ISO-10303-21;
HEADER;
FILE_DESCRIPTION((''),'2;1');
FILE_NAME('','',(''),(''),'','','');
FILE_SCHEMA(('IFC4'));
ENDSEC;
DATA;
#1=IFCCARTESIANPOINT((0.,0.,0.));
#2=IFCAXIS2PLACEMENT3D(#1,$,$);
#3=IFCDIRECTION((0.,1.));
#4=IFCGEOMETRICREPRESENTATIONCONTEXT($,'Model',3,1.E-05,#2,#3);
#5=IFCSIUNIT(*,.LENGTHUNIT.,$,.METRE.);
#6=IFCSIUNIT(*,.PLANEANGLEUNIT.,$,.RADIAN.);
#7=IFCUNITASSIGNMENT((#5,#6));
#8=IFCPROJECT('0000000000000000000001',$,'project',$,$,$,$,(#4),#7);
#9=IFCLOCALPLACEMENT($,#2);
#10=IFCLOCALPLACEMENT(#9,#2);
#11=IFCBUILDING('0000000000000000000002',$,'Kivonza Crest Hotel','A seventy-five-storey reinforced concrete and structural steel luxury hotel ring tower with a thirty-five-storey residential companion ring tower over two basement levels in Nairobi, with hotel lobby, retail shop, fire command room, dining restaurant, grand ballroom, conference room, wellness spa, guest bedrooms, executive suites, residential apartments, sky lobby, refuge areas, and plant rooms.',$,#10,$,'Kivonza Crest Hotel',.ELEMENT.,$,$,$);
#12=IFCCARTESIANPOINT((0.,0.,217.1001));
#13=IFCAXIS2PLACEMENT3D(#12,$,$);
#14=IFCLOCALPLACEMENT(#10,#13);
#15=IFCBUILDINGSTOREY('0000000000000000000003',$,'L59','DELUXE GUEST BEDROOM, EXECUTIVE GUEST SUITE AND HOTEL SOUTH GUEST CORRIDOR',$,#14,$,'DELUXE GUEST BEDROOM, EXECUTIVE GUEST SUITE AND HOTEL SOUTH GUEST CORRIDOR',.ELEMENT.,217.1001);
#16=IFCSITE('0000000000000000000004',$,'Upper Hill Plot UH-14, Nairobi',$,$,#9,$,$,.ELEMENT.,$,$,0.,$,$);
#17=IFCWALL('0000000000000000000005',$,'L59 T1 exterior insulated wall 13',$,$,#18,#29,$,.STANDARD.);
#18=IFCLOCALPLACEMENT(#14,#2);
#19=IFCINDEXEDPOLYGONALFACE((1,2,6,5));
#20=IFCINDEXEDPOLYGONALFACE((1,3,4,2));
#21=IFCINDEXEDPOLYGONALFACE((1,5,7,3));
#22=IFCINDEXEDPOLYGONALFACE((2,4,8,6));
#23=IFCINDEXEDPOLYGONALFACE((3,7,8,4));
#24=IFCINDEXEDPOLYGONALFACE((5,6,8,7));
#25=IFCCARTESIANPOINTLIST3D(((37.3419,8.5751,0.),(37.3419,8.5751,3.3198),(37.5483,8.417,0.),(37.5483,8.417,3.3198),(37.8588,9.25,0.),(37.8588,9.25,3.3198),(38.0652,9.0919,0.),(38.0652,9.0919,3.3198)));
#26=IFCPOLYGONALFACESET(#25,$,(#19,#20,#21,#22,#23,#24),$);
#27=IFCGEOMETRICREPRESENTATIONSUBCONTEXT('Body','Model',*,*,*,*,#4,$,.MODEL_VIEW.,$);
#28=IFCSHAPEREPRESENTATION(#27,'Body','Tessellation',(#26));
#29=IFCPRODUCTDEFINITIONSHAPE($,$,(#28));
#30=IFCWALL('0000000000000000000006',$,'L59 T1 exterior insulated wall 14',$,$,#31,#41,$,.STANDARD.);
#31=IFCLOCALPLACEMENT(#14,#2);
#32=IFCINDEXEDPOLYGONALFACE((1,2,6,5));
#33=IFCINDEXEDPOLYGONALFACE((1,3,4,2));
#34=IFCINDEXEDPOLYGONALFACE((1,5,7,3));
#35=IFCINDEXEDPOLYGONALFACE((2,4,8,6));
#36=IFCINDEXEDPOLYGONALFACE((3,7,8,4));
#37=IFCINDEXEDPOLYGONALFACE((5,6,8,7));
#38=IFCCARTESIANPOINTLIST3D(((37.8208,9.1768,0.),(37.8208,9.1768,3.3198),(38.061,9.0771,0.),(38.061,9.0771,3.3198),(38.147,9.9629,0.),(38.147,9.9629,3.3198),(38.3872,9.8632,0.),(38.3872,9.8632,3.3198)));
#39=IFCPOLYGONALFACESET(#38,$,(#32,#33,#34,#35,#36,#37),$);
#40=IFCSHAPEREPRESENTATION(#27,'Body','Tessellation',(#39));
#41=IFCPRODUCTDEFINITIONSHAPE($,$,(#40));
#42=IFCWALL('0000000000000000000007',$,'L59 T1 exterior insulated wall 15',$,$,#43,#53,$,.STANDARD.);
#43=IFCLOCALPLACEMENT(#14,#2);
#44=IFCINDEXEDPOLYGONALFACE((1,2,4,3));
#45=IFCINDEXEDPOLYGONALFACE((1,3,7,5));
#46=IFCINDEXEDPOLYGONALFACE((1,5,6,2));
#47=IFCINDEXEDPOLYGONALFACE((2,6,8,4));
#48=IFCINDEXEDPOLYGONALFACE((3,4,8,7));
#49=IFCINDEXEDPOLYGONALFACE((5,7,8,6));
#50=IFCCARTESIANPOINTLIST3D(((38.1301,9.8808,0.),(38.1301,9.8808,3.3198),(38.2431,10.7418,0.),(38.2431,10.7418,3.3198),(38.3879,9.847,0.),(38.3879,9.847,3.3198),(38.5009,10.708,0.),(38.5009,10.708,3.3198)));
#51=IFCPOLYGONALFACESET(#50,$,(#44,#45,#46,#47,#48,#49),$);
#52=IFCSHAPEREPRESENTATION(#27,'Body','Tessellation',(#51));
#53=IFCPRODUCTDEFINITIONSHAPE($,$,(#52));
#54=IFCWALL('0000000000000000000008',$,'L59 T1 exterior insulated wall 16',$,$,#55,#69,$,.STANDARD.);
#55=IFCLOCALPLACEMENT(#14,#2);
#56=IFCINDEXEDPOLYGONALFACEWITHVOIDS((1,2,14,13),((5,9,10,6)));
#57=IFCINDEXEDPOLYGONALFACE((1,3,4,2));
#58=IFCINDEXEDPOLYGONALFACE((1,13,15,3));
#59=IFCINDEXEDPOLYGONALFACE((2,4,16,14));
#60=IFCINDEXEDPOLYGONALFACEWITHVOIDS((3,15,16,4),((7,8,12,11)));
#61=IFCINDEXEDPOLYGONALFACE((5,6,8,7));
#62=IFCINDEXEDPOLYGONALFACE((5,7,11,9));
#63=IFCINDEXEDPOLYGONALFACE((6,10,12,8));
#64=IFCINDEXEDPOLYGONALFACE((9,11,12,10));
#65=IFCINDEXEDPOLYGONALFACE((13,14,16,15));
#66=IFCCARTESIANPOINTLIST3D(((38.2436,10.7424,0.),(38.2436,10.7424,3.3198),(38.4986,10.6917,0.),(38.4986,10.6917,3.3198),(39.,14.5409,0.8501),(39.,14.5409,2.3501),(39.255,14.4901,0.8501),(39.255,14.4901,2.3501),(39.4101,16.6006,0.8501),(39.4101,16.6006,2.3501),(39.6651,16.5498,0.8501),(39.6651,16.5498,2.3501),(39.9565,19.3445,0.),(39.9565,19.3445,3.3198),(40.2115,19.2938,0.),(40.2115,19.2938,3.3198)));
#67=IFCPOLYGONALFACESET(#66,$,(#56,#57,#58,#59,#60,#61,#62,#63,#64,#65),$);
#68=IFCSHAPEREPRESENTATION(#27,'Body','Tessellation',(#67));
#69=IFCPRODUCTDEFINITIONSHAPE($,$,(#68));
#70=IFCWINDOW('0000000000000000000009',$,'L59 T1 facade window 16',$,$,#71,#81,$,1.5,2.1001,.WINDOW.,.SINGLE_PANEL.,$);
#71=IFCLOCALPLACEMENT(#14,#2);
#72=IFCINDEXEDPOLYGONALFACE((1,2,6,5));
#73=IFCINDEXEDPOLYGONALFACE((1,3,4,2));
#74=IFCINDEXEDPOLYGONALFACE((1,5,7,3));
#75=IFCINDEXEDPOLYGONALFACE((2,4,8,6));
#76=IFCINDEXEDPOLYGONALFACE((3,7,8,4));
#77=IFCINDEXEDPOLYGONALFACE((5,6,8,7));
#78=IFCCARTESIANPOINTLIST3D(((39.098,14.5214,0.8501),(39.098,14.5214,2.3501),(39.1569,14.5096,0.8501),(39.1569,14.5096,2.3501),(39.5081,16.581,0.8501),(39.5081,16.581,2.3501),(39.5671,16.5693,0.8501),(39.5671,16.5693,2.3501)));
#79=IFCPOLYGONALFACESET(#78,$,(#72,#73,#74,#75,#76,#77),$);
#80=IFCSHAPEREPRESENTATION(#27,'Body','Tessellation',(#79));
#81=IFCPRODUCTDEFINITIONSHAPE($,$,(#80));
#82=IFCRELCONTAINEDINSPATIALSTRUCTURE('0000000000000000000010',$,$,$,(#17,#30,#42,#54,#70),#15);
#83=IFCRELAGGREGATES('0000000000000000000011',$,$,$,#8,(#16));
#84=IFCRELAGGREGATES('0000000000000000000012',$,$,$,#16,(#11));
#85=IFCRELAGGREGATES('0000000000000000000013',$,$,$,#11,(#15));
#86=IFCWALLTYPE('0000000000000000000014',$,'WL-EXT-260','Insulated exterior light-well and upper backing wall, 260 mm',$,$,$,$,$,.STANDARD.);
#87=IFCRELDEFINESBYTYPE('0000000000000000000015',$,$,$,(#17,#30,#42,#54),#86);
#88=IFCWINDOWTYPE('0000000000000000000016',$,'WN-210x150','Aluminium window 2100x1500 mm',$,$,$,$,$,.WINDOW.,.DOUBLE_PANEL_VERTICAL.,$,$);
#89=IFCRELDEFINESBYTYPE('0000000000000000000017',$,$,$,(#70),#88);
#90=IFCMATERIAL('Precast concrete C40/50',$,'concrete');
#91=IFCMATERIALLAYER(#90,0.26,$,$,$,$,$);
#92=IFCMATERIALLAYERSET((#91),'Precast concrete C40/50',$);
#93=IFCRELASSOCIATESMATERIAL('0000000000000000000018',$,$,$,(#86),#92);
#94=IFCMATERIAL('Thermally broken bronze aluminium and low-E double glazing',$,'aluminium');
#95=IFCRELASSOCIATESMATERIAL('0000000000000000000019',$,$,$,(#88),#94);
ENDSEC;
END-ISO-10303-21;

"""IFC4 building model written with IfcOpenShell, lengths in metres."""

from ifc_helpers import new_model, si_unit, direction, frame, frame_2d, origin, place, context, subcontext, project, spatial, rectangle, extrude, material, layer, layer_set, type_object, element, fill, save


model = new_model("IFC4")

# Units and contexts
model_context = context("Model", 3, precision=1e-05, world=origin(), true_north=direction((0.0, 1.0)))
body_context = subcontext(model_context, "Body", "Model", "MODEL_VIEW")
ifc_project = project(units=[si_unit("LENGTHUNIT", "METRE"), si_unit("PLANEANGLEUNIT", "RADIAN")], contexts=[model_context])

# Site, building, storey
site_placement = place(None, origin())
site = spatial("IfcSite", under=ifc_project, at=site_placement, Name="Upper Hill Plot UH-14, Nairobi", CompositionType="ELEMENT", RefElevation=0.0)
building_placement = place(site_placement, origin())
building = spatial("IfcBuilding", under=site, at=building_placement, Name="Kivonza Crest Hotel", Description="A seventy-five-storey reinforced concrete and structural steel luxury hotel ring tower with a thirty-five-storey residential companion ring tower over two basement levels in Nairobi, with hotel lobby, retail shop, fire command room, dining restaurant, grand ballroom, conference room, wellness spa, guest bedrooms, executive suites, residential apartments, sky lobby, refuge areas, and plant rooms.", LongName="Kivonza Crest Hotel", CompositionType="ELEMENT")
storey_placement = place(building_placement, frame((0.0, 0.0, 217.1001)))
storey = spatial("IfcBuildingStorey", under=building, at=storey_placement, Name="L59", Description="DELUXE GUEST BEDROOM, EXECUTIVE GUEST SUITE AND HOTEL SOUTH GUEST CORRIDOR", LongName="DELUXE GUEST BEDROOM, EXECUTIVE GUEST SUITE AND HOTEL SOUTH GUEST CORRIDOR", CompositionType="ELEMENT", Elevation=217.1001)

# Walls
ifc_material_1 = material(Name="Precast concrete C40/50", Category="concrete")
ifc_layer_1 = layer(ifc_material_1, 0.26)
ifc_layer_set_1 = layer_set([ifc_layer_1], Name="Precast concrete C40/50")
wall_type_1 = type_object("IfcWallType", Name="WL-EXT-260", Description="Insulated exterior light-well and upper backing wall, 260 mm", PredefinedType="STANDARD", material=ifc_layer_set_1)
for number, where, z_axis, x_axis, name in (
    (1, (37.4451, 8.4961, 0.0), (0.0, 0.0, 1.0), (0.608058, 0.793893, 0.0), "L59 T1 exterior insulated wall 13"),
):
    element("IfcWall", number, at=place(storey_placement, frame(where, z_axis=z_axis, x_axis=x_axis)), inside=storey, type_object=wall_type_1, Name=name, PredefinedType="STANDARD", context=body_context, shape_type="SweptSolid", body=[
        extrude(rectangle(XDim=0.8501, YDim=0.26, at=frame_2d((0.425, 0.0))), origin(), (0.0, 0.0, 1.0), 3.3198),
    ])
wall_1_placement = place(storey_placement, frame((37.9409, 9.127, 0.0), z_axis=(0.0, 0.0, 1.0), x_axis=(0.38323, 0.923653, 0.0)))
element("IfcWall", 2, at=wall_1_placement, inside=storey, type_object=wall_type_1, Name="L59 T1 exterior insulated wall 14", PredefinedType="STANDARD", context=body_context, shape_type="SweptSolid", body=[
    extrude(rectangle(XDim=0.8511, YDim=0.26, at=frame_2d((0.4255, 0.0))), origin(), (0.0, 0.0, 1.0), 3.3198),
])
wall_2_placement = place(storey_placement, frame((38.259, 9.864, 0.0), z_axis=(0.0, 0.0, 1.0), x_axis=(0.130156, 0.991493, 0.0)))
element("IfcWall", 3, at=wall_2_placement, inside=storey, type_object=wall_type_1, Name="L59 T1 exterior insulated wall 15", PredefinedType="STANDARD", context=body_context, shape_type="SweptSolid", body=[
    extrude(rectangle(XDim=0.8684, YDim=0.26, at=frame_2d((0.4341, 0.0))), origin(), (0.0, 0.0, 1.0), 3.3198),
])

# Wall, opening, window
wall_3_placement = place(storey_placement, frame((38.3711, 10.717, 0.0), z_axis=(0.0, 0.0, 1.0), x_axis=(0.195292, 0.980745, 0.0)))
wall_3 = element("IfcWall", 4, at=wall_3_placement, inside=storey, type_object=wall_type_1, Name="L59 T1 exterior insulated wall 16", PredefinedType="STANDARD", context=body_context, shape_type="SweptSolid", body=[
    extrude(rectangle(XDim=8.771, YDim=0.26, at=frame_2d((4.3855, 0.0))), origin(), (0.0, 0.0, 1.0), 3.3198),
])
opening_1_placement = place(wall_3_placement, frame((3.873, 0.0, 0.8501)))
opening_1 = element("IfcOpeningElement", 5, at=opening_1_placement, cuts=wall_3, PredefinedType="OPENING", context=body_context, shape_type="SweptSolid", body=[
    extrude(rectangle(XDim=2.1001, YDim=1.5, at=frame_2d((1.05, 0.75))), frame((0.0, 0.1401, 0.0), z_axis=(0.0, -1.0, 0.0), x_axis=(1.0, 0.0, 0.0)), (0.0, 0.0, 1.0), 0.28),
])
ifc_material_2 = material(Name="Thermally broken bronze aluminium and low-E double glazing", Category="aluminium")
window_type = type_object("IfcWindowType", Name="WN-210x150", Description="Aluminium window 2100x1500 mm", PartitioningType="DOUBLE_PANEL_VERTICAL", PredefinedType="WINDOW", material=ifc_material_2)
window_placement = place(opening_1_placement, origin())
window = element("IfcWindow", 6, at=window_placement, inside=storey, type_object=window_type, Name="L59 T1 facade window 16", OverallHeight=1.5, OverallWidth=2.1001, PartitioningType="SINGLE_PANEL", PredefinedType="WINDOW", context=body_context, shape_type="SweptSolid", body=[
    extrude(rectangle(XDim=2.1001, YDim=1.5, at=frame_2d((1.05, 0.75))), frame((0.0, 0.03, 0.0), z_axis=(0.0, -1.0, 0.0), x_axis=(1.0, 0.0, 0.0)), (0.0, 0.0, 1.0), 0.0601),
])
fill(opening_1, window)

save(model, "model.ifc")
